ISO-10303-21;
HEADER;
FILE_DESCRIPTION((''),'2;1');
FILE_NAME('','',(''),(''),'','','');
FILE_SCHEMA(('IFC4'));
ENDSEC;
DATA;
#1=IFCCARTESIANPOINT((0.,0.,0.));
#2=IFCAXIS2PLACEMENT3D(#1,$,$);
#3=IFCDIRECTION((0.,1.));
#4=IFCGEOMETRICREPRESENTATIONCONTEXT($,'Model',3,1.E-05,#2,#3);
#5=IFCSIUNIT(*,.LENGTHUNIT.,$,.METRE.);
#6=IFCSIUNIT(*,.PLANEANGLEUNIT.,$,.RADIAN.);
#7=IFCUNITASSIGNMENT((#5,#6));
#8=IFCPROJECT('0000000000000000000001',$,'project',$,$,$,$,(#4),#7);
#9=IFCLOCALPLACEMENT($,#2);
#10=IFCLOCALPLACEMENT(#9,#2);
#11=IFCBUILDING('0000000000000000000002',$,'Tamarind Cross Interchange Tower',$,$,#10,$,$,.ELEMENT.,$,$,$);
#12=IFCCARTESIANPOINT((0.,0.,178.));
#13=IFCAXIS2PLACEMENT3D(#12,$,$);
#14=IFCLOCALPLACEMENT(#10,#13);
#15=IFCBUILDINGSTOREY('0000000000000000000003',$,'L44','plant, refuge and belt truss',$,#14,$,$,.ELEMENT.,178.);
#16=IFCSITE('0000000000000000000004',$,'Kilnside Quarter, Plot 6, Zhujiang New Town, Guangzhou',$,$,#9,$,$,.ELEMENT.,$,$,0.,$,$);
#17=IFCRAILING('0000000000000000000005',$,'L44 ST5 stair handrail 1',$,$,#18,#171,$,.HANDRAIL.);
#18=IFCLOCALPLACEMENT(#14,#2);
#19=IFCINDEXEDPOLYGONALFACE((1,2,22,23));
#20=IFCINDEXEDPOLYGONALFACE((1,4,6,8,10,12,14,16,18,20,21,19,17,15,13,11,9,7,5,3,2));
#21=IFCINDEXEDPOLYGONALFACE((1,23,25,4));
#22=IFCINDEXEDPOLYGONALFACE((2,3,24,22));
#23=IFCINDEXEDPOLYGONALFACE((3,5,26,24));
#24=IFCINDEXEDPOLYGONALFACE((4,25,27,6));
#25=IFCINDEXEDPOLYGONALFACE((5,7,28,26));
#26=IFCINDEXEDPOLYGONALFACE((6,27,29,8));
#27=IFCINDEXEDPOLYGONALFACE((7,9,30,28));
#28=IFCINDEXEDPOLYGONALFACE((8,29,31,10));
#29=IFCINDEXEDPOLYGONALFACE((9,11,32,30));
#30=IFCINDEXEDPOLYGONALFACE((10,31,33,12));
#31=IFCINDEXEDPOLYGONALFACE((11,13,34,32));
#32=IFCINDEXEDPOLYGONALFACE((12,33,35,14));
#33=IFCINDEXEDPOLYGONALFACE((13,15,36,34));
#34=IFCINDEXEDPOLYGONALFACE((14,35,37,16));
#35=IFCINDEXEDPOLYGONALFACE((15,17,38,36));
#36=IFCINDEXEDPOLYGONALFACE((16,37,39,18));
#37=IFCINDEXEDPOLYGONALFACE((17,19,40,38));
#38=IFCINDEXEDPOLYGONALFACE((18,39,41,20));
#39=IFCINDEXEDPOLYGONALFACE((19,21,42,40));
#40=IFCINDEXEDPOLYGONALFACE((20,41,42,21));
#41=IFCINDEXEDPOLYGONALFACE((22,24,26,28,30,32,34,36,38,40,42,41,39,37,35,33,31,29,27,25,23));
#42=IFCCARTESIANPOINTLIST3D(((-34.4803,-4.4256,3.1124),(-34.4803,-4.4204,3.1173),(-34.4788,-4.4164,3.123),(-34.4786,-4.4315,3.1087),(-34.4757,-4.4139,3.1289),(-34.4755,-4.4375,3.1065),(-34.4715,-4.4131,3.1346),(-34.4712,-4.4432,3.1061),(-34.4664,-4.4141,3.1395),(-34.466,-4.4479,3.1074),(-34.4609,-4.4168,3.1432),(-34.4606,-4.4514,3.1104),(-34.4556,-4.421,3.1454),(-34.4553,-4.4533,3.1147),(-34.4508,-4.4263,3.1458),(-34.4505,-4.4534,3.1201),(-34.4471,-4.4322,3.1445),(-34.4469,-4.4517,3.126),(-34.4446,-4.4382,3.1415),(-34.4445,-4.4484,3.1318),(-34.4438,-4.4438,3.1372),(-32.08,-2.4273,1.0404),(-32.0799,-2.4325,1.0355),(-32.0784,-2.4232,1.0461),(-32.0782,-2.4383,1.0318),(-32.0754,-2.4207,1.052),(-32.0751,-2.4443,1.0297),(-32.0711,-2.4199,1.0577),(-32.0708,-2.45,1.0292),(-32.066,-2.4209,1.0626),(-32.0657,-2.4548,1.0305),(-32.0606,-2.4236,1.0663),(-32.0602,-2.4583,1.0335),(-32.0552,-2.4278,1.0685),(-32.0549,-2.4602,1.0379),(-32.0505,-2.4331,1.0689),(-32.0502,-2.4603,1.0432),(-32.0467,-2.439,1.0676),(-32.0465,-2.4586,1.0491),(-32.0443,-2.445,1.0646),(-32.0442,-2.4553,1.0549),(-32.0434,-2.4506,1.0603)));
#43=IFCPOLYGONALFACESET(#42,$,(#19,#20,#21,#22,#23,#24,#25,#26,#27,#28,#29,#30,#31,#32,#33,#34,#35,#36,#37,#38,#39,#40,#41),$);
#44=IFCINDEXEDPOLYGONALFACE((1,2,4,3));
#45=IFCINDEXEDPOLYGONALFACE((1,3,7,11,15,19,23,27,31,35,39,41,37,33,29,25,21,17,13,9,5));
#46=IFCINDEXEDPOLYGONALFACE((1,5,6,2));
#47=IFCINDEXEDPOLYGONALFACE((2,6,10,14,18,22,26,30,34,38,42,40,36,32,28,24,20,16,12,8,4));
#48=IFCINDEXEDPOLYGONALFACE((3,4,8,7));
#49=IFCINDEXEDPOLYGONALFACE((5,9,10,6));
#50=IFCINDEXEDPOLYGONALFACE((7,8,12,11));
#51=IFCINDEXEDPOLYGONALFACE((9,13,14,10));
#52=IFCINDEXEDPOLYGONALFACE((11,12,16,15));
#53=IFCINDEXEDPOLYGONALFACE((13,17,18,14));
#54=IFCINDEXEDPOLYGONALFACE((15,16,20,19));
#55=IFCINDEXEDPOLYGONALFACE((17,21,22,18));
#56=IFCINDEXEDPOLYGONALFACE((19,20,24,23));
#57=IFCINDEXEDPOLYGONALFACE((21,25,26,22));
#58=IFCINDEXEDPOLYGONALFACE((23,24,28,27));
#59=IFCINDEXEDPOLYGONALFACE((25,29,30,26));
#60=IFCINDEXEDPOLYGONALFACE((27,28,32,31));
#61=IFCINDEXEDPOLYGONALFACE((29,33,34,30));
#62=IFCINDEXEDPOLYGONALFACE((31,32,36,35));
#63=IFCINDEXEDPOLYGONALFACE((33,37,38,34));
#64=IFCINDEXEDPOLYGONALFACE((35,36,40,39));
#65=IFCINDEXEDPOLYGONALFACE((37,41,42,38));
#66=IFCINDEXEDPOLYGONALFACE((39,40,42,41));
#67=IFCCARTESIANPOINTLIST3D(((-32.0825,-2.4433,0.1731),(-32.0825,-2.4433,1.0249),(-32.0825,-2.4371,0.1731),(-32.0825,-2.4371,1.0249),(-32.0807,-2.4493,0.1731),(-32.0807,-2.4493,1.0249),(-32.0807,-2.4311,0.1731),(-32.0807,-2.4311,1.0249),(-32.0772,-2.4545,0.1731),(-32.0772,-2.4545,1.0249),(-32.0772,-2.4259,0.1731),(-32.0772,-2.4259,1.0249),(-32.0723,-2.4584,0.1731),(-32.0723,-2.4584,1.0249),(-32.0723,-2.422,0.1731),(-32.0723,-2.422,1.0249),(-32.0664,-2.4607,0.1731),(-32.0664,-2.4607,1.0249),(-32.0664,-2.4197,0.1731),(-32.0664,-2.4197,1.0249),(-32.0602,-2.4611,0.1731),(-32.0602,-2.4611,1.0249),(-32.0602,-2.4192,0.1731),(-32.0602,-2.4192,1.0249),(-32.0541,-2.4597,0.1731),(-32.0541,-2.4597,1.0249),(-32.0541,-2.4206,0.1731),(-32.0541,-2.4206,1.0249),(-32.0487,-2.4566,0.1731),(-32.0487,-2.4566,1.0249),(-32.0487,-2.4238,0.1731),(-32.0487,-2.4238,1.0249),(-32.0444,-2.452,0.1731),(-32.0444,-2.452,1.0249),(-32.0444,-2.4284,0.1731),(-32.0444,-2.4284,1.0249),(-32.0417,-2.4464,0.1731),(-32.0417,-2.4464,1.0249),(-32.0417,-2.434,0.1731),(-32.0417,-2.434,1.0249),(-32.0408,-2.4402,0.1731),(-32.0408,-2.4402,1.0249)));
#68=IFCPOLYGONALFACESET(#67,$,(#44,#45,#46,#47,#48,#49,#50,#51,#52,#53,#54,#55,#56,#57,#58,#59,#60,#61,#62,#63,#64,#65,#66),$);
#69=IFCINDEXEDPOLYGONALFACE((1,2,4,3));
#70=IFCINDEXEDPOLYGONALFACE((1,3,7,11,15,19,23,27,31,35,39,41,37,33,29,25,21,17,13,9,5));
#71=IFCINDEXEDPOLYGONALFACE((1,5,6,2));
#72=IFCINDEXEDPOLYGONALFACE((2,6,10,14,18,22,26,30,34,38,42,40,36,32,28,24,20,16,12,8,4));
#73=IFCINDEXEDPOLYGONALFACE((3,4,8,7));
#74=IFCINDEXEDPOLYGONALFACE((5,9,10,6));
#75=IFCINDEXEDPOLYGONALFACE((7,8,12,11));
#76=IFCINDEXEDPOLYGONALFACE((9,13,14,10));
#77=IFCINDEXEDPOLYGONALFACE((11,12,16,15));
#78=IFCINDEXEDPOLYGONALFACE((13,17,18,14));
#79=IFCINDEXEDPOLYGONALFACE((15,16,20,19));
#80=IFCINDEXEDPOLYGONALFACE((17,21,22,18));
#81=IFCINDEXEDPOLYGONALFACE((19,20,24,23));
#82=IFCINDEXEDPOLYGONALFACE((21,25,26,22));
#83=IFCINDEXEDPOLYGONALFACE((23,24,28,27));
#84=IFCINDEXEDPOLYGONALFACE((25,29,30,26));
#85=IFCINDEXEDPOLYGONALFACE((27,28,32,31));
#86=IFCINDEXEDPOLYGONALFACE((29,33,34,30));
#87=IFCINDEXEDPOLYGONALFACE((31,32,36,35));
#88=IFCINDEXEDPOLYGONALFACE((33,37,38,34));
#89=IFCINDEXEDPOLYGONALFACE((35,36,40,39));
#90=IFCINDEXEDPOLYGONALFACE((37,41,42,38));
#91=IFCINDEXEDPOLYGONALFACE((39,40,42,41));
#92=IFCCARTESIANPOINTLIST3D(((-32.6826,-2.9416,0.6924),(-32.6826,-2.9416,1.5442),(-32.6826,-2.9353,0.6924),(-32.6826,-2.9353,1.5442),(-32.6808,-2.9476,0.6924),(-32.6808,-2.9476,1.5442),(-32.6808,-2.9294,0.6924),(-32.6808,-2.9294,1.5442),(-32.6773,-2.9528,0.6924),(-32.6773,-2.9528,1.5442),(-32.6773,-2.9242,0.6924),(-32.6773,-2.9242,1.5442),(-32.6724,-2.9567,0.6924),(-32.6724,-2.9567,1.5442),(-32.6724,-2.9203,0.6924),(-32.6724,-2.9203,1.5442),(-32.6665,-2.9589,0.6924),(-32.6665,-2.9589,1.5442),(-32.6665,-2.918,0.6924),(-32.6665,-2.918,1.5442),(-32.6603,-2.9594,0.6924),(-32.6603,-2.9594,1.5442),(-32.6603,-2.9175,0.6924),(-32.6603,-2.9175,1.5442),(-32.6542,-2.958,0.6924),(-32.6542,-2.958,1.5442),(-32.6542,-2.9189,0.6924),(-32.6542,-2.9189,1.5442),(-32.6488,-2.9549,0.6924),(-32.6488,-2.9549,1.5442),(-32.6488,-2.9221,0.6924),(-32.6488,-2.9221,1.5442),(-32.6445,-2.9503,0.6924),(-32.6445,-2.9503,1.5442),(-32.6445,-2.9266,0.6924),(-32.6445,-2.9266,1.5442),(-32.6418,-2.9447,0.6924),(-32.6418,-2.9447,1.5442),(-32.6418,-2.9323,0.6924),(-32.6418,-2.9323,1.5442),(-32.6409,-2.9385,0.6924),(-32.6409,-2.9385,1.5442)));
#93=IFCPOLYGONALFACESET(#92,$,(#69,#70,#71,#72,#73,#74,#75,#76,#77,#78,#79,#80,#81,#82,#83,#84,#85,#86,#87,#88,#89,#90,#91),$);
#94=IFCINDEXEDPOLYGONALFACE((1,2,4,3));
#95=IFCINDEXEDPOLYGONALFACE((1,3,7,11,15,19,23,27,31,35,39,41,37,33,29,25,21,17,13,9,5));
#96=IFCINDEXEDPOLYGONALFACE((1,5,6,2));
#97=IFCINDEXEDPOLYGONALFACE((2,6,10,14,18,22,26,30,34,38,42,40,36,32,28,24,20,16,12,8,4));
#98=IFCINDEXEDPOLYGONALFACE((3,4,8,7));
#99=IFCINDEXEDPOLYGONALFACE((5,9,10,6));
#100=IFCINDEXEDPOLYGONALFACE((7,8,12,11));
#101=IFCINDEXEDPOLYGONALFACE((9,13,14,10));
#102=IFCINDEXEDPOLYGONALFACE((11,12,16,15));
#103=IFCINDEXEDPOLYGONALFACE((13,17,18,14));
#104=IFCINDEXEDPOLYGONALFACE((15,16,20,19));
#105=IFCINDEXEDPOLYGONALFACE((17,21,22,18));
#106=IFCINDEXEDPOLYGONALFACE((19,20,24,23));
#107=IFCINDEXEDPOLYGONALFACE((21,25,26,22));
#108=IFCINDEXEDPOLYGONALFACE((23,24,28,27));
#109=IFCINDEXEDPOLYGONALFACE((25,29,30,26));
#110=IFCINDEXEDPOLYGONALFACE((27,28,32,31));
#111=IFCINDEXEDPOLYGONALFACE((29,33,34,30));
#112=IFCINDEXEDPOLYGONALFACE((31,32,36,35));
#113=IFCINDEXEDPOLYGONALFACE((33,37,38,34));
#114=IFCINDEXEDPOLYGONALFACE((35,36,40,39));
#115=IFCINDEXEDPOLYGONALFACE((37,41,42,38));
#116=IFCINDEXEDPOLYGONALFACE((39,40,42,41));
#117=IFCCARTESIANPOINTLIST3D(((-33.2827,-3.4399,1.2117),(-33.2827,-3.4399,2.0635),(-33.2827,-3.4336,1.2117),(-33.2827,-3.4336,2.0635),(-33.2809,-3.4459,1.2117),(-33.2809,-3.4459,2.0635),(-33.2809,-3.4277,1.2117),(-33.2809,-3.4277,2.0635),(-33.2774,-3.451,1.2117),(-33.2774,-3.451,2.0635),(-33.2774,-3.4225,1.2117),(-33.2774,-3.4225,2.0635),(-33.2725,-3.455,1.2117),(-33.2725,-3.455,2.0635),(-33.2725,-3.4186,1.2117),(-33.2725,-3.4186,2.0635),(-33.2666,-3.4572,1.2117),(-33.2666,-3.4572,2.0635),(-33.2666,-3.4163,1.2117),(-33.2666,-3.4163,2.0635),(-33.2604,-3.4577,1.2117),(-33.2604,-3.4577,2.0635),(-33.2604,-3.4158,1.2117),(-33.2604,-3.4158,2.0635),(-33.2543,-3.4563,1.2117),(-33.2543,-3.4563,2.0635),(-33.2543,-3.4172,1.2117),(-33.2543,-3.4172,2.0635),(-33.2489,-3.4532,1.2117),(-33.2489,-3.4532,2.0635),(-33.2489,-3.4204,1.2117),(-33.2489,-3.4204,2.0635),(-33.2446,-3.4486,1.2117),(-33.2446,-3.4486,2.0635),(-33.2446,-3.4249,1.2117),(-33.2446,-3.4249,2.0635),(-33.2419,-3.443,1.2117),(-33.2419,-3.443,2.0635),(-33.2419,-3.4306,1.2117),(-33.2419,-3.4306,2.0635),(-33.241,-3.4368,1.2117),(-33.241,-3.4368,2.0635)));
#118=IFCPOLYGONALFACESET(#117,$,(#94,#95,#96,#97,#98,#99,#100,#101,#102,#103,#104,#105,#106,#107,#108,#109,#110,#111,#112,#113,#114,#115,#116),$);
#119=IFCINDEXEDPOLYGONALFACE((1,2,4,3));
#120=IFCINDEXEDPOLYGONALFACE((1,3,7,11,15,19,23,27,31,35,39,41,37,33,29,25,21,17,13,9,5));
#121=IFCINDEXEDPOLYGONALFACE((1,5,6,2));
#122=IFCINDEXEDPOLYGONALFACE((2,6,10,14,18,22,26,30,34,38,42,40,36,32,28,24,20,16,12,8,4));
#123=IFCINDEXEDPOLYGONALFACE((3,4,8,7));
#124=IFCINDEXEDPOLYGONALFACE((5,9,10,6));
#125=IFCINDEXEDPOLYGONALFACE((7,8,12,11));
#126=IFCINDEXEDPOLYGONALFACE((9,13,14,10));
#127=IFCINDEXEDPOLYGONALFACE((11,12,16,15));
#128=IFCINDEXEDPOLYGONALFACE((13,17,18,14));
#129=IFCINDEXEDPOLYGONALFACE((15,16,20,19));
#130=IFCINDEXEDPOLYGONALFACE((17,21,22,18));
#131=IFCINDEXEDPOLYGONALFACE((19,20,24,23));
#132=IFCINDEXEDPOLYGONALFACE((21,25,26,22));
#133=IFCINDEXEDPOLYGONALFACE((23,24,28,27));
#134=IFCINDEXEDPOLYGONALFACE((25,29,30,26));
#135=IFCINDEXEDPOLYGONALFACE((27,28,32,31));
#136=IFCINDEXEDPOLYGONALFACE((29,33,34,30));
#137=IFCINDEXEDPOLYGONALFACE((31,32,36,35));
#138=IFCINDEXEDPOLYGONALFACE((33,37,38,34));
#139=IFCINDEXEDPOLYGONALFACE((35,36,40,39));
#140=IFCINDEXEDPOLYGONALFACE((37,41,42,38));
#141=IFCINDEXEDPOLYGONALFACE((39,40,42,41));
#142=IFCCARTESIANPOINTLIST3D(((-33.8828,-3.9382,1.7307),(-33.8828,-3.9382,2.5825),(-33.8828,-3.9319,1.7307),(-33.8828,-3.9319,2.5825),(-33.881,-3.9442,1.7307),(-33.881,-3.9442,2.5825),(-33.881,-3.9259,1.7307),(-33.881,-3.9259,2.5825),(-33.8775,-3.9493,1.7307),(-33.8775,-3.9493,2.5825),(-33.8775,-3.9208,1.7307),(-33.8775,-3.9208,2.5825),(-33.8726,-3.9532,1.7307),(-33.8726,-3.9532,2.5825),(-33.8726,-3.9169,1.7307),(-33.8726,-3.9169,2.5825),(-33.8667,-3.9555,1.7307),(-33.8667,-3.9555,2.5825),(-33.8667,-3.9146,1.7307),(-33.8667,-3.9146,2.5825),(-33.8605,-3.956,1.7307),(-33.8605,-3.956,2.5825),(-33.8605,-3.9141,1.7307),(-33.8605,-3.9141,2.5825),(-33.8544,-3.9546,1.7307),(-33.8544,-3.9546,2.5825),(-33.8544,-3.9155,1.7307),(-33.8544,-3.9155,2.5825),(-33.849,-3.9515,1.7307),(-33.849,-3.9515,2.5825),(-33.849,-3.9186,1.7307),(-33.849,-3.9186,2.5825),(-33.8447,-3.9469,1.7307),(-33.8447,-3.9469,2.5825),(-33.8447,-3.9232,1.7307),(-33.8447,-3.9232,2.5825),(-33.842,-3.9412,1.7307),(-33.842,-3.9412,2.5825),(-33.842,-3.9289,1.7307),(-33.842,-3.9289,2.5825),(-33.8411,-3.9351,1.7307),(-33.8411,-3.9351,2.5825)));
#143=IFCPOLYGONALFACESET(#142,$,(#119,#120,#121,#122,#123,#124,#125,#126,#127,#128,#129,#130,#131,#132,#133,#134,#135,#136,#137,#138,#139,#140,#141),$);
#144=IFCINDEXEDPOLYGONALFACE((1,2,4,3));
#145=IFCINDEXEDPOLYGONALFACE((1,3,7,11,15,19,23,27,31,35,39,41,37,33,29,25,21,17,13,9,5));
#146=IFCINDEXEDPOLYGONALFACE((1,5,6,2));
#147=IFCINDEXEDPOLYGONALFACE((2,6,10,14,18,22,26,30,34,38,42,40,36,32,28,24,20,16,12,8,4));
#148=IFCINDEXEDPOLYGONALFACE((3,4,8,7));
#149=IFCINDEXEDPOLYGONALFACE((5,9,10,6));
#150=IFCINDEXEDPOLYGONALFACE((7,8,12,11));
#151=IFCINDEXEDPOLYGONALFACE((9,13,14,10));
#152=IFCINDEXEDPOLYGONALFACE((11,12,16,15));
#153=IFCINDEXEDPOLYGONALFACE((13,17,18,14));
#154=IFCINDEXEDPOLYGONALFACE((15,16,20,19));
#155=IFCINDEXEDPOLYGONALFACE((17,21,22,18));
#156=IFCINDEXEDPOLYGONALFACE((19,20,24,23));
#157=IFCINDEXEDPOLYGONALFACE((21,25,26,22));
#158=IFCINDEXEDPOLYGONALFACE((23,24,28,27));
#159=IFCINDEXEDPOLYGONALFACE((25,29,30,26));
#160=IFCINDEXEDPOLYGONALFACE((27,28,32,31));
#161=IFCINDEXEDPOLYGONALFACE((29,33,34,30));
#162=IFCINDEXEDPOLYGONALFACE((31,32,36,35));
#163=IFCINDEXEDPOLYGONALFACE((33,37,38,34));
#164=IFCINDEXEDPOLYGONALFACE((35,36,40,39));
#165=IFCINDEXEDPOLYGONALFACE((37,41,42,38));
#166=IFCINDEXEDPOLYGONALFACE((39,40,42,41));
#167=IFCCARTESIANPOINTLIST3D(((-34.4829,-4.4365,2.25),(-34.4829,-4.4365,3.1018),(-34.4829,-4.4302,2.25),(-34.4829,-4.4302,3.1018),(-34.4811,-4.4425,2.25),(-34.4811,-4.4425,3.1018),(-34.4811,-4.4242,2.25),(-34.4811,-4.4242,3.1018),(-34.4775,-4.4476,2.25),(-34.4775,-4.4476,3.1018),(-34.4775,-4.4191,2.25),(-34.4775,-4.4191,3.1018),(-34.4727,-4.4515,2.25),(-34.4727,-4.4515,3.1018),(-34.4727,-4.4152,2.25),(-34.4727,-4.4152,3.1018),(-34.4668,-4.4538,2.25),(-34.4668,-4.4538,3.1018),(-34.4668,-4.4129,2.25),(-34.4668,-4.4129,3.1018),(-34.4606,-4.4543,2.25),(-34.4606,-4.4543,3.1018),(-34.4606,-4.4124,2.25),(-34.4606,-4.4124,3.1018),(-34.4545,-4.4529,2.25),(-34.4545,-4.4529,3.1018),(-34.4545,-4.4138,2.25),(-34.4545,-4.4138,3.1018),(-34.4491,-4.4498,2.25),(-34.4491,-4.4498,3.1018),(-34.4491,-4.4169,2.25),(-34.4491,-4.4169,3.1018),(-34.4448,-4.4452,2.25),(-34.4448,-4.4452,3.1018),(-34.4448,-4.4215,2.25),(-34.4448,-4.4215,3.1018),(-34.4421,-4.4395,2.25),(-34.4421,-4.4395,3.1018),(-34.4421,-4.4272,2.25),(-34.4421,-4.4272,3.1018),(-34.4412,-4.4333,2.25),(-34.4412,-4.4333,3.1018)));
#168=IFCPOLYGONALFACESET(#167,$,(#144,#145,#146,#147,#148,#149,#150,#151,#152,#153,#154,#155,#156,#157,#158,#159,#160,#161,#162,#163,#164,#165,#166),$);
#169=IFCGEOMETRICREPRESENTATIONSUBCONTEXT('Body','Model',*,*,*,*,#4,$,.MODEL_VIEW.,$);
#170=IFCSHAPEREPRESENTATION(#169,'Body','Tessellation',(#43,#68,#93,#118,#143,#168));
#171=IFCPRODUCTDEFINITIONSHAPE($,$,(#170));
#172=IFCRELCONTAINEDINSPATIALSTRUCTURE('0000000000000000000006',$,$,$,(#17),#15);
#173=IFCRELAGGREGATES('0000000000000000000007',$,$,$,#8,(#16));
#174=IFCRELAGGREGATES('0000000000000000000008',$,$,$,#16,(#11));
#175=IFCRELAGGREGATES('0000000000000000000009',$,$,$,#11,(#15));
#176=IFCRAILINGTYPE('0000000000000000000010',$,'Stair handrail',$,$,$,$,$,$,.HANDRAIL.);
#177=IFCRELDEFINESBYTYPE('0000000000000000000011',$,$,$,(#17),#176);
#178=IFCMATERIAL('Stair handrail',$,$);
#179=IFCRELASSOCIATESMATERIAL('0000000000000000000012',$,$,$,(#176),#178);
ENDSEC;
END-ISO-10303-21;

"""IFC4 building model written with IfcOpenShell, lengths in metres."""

from ifc_helpers import new_model, si_unit, direction, frame, origin, origin_2d, place, context, subcontext, project, spatial, circle, extrude, material, type_object, element, save


model = new_model("IFC4")

# Units and contexts
model_context = context("Model", 3, precision=1e-05, world=origin(), true_north=direction((0.0, 1.0)))
body_context = subcontext(model_context, "Body", "Model", "MODEL_VIEW")
ifc_project = project(units=[si_unit("LENGTHUNIT", "METRE"), si_unit("PLANEANGLEUNIT", "RADIAN")], contexts=[model_context])

# Site, building, storey
site_placement = place(None, origin())
site = spatial("IfcSite", under=ifc_project, at=site_placement, Name="Kilnside Quarter, Plot 6, Zhujiang New Town, Guangzhou", CompositionType="ELEMENT", RefElevation=0.0)
building_placement = place(site_placement, origin())
building = spatial("IfcBuilding", under=site, at=building_placement, Name="Tamarind Cross Interchange Tower", CompositionType="ELEMENT")
storey_placement = place(building_placement, frame((0.0, 0.0, 178.0)))
storey = spatial("IfcBuildingStorey", under=building, at=storey_placement, Name="L44", Description="plant, refuge and belt truss", CompositionType="ELEMENT", Elevation=178.0)

# Railing
ifc_material_1 = material(Name="Stair handrail")
railing_type_1 = type_object("IfcRailingType", Name="Stair handrail", PredefinedType="HANDRAIL", material=ifc_material_1)
railing_1_placement = place(storey_placement, frame((-32.0618, -2.4402, 0.1731)))
element("IfcRailing", 1, at=railing_1_placement, inside=storey, type_object=railing_type_1, Name="L44 ST5 stair handrail 1", PredefinedType="HANDRAIL", context=body_context, shape_type="SweptSolid", body=[
    extrude(circle(Radius=0.0239, at=origin_2d()), frame((0.0, 0.0, 0.876), z_axis=(-0.640432, -0.531783, 0.554125), x_axis=(0.638829, -0.769349, 0.0)), (0.0, 0.0, 1.0), 3.748),
    extrude(circle(Radius=0.021, at=origin_2d()), origin(), (0.0, 0.0, 1.0), 0.8518),
    extrude(circle(Radius=0.021, at=origin_2d()), frame((-0.6001, -0.4983, 0.5193)), (0.0, 0.0, 1.0), 0.8518),
    extrude(circle(Radius=0.021, at=origin_2d()), frame((-1.2002, -0.9966, 1.0386)), (0.0, 0.0, 1.0), 0.8518),
    extrude(circle(Radius=0.021, at=origin_2d()), frame((-1.8003, -1.4949, 1.5576)), (0.0, 0.0, 1.0), 0.8518),
    extrude(circle(Radius=0.021, at=origin_2d()), frame((-2.4004, -1.9932, 2.0769)), (0.0, 0.0, 1.0), 0.8518),
])

save(model, "model.ifc")
